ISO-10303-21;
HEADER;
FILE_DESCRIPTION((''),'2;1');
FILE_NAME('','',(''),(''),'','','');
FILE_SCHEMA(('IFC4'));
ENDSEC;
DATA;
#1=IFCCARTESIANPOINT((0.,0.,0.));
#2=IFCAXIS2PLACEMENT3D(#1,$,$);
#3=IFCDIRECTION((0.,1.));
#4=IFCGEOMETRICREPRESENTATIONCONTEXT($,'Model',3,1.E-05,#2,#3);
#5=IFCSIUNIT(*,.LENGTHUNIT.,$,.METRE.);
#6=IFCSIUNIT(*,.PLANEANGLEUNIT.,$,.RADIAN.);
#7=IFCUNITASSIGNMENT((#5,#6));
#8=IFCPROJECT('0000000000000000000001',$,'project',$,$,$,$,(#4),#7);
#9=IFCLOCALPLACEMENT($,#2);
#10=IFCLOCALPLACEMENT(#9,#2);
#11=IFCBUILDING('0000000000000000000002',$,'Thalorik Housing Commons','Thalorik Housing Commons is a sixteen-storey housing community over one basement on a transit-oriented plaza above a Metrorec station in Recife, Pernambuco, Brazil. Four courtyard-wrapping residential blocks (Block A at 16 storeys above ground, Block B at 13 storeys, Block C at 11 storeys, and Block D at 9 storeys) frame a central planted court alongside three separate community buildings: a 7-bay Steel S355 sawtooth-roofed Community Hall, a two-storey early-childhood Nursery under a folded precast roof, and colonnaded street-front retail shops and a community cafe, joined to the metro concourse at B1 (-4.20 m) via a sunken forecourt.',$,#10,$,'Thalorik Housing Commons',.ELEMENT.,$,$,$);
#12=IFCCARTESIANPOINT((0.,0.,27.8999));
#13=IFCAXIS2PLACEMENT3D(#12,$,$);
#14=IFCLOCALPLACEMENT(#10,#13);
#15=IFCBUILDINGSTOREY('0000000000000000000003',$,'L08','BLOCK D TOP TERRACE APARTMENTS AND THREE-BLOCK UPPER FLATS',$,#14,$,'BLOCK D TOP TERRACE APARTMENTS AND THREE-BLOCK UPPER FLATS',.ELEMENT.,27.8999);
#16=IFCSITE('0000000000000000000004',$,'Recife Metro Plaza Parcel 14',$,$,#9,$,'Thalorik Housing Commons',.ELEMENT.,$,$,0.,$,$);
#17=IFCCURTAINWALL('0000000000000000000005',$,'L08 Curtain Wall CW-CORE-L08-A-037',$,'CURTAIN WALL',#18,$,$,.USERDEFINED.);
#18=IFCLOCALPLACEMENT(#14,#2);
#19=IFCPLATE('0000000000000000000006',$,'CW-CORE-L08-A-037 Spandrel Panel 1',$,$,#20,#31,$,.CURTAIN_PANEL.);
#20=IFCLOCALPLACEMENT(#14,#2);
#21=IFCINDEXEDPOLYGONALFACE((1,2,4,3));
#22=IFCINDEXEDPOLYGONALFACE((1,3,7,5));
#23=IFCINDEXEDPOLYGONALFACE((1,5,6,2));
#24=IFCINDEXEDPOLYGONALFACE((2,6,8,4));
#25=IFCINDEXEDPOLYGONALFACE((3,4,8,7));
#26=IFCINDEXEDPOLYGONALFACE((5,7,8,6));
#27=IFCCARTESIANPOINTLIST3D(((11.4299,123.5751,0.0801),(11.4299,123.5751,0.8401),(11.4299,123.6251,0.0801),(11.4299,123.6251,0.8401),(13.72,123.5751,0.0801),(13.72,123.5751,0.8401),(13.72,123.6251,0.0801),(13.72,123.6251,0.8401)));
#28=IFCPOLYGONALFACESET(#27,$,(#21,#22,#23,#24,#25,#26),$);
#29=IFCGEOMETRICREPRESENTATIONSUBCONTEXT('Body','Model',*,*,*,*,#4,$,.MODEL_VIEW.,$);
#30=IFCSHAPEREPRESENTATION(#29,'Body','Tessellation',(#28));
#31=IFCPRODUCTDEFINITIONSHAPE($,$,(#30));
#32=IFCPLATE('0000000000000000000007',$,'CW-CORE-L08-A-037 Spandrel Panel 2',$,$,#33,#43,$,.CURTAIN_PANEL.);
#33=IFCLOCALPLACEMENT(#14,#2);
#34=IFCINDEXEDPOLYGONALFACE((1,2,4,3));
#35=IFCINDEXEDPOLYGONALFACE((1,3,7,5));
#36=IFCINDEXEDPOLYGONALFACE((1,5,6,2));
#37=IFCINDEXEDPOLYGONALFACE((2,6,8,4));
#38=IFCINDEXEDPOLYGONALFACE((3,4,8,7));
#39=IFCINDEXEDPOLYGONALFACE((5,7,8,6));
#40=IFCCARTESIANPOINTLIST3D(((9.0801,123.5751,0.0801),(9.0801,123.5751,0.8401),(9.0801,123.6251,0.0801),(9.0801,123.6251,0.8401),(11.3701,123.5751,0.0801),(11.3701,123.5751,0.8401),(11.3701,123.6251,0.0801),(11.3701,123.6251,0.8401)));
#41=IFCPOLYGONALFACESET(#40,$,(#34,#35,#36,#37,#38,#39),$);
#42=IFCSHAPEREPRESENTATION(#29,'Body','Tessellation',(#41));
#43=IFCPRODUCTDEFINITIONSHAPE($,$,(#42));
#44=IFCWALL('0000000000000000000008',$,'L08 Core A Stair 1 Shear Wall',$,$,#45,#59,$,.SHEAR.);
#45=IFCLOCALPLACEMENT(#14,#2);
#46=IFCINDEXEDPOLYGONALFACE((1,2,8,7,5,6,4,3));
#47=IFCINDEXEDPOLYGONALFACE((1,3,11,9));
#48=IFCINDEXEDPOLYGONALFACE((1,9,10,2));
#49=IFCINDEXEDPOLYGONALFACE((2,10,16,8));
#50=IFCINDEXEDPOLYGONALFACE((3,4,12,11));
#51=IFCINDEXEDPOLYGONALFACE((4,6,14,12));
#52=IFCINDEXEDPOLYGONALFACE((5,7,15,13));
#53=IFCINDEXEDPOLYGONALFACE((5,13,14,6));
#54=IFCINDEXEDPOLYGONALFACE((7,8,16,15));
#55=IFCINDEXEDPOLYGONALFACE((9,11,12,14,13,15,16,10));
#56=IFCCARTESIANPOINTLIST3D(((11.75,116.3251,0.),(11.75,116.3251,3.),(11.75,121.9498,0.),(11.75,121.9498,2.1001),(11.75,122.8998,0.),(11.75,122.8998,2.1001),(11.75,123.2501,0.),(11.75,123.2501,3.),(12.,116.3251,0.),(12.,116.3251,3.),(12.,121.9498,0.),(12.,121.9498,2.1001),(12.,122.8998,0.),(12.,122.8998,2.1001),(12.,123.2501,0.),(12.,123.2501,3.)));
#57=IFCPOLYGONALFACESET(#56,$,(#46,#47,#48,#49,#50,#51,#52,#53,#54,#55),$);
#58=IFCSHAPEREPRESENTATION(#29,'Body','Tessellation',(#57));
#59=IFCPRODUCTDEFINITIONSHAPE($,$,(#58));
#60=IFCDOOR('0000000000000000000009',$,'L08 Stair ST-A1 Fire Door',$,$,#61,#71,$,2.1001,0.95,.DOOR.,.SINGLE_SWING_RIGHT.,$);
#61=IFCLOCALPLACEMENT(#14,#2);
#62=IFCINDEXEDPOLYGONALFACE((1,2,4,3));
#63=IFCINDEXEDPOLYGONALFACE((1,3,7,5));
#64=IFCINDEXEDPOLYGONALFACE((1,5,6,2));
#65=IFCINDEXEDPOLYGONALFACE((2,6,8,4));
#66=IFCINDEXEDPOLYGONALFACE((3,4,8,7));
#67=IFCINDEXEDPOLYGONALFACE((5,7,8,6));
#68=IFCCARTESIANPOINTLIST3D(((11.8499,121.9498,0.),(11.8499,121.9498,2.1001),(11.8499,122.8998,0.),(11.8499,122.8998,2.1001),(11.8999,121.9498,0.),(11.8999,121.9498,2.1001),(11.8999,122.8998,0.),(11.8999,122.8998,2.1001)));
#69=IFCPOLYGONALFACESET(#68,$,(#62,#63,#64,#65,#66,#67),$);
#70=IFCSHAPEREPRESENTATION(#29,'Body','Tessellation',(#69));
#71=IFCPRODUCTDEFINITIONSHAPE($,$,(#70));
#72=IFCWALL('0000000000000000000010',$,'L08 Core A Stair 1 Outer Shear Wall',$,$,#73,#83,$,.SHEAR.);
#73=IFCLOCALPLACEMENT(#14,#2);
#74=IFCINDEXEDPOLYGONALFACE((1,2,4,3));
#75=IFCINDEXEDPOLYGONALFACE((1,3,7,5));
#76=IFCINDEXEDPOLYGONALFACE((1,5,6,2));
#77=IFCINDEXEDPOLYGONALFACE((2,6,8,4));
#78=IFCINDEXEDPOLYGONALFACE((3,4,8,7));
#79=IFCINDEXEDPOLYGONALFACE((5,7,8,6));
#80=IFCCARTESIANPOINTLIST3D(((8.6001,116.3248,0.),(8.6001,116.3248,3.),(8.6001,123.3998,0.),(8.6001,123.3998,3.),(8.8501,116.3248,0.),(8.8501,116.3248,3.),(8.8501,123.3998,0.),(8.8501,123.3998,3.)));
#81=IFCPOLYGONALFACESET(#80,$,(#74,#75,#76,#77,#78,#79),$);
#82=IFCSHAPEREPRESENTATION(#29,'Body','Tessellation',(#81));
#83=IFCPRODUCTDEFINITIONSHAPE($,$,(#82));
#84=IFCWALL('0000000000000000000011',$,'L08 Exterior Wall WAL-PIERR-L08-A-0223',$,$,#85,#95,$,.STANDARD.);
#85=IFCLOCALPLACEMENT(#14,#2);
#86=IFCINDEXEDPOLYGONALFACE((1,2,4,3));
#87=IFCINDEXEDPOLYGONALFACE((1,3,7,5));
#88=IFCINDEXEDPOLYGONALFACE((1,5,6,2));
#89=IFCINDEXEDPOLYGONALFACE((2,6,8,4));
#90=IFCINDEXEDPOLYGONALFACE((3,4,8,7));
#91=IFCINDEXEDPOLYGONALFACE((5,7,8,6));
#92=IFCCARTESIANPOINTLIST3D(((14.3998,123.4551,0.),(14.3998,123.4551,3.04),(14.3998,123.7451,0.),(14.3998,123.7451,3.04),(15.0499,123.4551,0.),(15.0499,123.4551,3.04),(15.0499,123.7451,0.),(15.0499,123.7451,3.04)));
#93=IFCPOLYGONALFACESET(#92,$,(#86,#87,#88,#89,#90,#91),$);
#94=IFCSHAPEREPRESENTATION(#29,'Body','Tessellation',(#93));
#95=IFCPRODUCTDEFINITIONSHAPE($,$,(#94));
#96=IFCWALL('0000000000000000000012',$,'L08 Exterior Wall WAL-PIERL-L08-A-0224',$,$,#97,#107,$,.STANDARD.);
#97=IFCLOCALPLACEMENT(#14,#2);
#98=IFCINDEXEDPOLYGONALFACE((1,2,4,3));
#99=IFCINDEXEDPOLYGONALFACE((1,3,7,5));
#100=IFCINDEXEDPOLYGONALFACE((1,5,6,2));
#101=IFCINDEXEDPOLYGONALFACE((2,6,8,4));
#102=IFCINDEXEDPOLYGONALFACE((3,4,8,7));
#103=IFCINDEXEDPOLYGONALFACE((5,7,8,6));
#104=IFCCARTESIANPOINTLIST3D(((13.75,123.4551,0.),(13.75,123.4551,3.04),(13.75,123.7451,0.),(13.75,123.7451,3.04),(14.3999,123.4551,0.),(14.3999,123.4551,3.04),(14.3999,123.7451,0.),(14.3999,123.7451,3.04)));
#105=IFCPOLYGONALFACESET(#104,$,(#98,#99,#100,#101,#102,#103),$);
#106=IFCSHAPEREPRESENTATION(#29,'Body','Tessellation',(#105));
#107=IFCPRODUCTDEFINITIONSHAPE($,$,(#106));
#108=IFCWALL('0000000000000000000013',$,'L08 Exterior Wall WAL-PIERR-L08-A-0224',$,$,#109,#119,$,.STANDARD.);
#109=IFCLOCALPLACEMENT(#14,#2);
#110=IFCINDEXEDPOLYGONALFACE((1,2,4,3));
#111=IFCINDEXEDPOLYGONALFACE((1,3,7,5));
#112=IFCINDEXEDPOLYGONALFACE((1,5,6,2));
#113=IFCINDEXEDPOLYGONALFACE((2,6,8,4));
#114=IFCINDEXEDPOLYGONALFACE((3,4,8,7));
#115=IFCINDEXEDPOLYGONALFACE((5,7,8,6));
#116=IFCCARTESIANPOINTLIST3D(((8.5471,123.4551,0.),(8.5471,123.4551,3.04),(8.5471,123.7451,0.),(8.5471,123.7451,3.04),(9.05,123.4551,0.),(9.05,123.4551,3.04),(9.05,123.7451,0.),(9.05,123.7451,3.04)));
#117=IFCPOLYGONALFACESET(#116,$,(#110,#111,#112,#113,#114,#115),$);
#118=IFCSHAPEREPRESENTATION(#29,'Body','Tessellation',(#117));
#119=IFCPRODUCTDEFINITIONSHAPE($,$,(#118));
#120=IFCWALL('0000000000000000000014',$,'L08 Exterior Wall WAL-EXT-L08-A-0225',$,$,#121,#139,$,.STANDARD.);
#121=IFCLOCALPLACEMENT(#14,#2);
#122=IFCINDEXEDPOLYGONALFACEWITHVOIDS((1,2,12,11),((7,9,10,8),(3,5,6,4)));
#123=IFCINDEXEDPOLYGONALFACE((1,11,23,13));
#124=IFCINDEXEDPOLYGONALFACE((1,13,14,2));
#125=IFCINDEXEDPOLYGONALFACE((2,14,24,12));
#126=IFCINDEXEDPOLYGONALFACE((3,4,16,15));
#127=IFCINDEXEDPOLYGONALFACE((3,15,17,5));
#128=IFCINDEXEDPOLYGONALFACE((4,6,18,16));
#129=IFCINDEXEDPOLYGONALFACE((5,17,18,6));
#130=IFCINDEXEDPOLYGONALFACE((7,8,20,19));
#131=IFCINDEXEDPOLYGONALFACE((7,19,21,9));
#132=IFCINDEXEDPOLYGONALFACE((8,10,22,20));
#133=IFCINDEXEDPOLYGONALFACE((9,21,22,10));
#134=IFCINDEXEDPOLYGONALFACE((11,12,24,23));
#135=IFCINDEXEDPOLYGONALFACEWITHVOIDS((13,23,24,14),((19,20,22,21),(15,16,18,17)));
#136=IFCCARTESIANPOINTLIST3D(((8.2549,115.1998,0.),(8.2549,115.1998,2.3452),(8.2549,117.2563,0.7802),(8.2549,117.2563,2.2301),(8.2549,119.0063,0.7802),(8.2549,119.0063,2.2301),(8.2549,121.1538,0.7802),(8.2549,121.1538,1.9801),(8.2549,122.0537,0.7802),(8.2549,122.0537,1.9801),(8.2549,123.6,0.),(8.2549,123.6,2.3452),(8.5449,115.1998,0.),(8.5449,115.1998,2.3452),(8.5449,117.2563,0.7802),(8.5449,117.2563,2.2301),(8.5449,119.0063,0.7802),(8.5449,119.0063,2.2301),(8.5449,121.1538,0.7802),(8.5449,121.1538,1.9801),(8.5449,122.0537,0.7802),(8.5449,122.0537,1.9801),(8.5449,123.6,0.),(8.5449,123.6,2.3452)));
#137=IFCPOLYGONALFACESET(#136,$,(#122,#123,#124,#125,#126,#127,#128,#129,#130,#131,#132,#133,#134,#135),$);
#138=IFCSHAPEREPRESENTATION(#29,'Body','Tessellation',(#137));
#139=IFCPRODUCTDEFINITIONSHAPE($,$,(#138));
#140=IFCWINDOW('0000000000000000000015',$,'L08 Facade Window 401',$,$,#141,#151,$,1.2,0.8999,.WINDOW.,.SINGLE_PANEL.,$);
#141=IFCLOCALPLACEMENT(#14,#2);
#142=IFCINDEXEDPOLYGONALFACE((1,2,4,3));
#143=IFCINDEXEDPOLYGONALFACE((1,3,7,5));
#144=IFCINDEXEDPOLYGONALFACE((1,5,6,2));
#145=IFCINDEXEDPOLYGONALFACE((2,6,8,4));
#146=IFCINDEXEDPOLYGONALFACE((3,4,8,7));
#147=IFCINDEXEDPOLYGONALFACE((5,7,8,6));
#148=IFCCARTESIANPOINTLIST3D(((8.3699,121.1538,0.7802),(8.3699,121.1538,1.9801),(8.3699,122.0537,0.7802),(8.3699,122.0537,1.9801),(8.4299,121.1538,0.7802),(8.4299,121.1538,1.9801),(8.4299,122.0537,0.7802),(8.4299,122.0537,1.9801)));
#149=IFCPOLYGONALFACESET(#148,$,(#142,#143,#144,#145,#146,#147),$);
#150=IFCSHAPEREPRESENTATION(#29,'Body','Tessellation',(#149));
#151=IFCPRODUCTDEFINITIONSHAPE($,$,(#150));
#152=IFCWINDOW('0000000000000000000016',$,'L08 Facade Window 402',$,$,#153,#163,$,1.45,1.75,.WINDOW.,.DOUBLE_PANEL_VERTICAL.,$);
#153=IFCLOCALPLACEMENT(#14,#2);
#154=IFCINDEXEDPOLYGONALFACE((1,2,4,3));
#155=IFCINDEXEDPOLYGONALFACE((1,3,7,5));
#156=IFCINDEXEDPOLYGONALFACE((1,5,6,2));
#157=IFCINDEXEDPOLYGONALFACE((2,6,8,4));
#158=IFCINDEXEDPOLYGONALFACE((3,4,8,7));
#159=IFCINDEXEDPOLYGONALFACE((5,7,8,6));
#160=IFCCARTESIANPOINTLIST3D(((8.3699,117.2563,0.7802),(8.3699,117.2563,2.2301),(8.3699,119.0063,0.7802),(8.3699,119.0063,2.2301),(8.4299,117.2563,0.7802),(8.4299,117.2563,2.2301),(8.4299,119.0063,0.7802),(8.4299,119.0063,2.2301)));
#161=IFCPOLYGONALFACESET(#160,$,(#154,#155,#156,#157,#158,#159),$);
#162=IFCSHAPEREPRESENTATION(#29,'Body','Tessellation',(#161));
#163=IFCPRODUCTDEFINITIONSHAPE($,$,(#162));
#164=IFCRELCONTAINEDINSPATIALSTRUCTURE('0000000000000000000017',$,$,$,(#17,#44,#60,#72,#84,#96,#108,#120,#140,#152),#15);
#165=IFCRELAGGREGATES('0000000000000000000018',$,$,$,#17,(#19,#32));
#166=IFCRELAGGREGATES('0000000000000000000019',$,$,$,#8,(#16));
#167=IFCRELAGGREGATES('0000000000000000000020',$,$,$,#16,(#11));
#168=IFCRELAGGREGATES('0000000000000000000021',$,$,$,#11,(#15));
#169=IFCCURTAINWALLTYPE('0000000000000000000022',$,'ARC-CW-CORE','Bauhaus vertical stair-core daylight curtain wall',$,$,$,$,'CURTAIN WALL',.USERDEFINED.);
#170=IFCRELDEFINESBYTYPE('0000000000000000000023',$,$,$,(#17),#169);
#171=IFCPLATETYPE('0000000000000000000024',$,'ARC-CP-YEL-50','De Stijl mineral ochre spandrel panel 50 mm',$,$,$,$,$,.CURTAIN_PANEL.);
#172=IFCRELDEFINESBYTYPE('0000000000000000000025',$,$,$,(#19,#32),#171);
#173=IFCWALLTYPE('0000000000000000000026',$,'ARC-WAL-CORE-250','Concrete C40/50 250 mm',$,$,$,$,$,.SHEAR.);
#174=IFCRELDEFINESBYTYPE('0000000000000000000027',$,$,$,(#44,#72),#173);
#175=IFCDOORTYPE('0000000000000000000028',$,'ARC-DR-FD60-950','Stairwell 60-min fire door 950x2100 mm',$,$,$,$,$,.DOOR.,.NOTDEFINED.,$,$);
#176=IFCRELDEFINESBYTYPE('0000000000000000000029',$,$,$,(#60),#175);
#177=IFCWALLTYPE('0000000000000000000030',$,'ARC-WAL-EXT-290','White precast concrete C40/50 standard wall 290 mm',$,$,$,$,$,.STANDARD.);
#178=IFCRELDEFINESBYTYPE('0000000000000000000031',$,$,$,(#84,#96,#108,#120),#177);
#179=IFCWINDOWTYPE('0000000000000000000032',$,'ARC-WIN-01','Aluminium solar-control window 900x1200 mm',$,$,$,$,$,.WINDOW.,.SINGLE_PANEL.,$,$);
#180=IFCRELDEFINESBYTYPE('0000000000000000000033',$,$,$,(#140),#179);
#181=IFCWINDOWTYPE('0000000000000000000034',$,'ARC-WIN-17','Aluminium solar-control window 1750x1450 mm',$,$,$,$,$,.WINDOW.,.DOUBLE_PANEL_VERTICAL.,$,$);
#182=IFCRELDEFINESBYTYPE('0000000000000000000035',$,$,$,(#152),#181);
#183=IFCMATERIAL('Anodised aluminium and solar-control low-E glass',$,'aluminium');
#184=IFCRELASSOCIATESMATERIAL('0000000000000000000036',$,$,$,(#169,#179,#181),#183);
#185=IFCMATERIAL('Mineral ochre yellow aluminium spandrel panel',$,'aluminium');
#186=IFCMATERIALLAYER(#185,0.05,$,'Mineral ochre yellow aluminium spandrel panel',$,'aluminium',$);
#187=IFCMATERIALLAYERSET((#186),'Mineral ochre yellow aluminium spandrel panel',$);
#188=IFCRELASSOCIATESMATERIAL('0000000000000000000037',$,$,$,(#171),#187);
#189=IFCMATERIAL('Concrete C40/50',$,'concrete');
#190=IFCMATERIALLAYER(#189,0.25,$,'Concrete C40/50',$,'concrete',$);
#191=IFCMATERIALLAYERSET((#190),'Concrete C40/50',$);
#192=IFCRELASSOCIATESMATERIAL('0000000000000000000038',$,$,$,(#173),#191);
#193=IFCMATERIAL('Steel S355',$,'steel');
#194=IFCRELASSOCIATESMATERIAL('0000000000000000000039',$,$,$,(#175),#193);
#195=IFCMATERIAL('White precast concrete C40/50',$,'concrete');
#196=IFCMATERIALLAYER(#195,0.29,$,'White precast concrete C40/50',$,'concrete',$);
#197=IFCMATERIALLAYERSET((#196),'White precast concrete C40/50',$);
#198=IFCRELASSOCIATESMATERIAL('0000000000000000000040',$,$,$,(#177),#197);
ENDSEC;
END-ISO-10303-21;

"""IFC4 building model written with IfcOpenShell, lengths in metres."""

from ifc_helpers import new_model, si_unit, direction, frame, frame_2d, origin, origin_2d, place, context, subcontext, project, spatial, rectangle, extrude, material, layer, layer_set, type_object, element, fill, aggregate, save


model = new_model("IFC4")

# Units and contexts
model_context = context("Model", 3, precision=1e-05, world=origin(), true_north=direction((0.0, 1.0)))
body_context = subcontext(model_context, "Body", "Model", "MODEL_VIEW")
ifc_project = project(units=[si_unit("LENGTHUNIT", "METRE"), si_unit("PLANEANGLEUNIT", "RADIAN")], contexts=[model_context])

# Site, building, storey
site_placement = place(None, origin())
site = spatial("IfcSite", under=ifc_project, at=site_placement, Name="Recife Metro Plaza Parcel 14", LongName="Thalorik Housing Commons", CompositionType="ELEMENT", RefElevation=0.0)
building_placement = place(site_placement, origin())
building = spatial("IfcBuilding", under=site, at=building_placement, Name="Thalorik Housing Commons", Description="Thalorik Housing Commons is a sixteen-storey housing community over one basement on a transit-oriented plaza above a Metrorec station in Recife, Pernambuco, Brazil. Four courtyard-wrapping residential blocks (Block A at 16 storeys above ground, Block B at 13 storeys, Block C at 11 storeys, and Block D at 9 storeys) frame a central planted court alongside three separate community buildings: a 7-bay Steel S355 sawtooth-roofed Community Hall, a two-storey early-childhood Nursery under a folded precast roof, and colonnaded street-front retail shops and a community cafe, joined to the metro concourse at B1 (-4.20 m) via a sunken forecourt.", LongName="Thalorik Housing Commons", CompositionType="ELEMENT")
storey_placement = place(building_placement, frame((0.0, 0.0, 27.8999)))
storey = spatial("IfcBuildingStorey", under=building, at=storey_placement, Name="L08", Description="BLOCK D TOP TERRACE APARTMENTS AND THREE-BLOCK UPPER FLATS", LongName="BLOCK D TOP TERRACE APARTMENTS AND THREE-BLOCK UPPER FLATS", CompositionType="ELEMENT", Elevation=27.8999)

# Curtain wall
ifc_material_1 = material(Name="Anodised aluminium and solar-control low-E glass", Category="aluminium")
curtain_wall_type = type_object("IfcCurtainWallType", Name="ARC-CW-CORE", Description="Bauhaus vertical stair-core daylight curtain wall", ElementType="CURTAIN WALL", PredefinedType="USERDEFINED", material=ifc_material_1)
curtain_wall_1_placement = place(storey_placement, origin())
curtain_wall_1 = element("IfcCurtainWall", 1, at=curtain_wall_1_placement, inside=storey, type_object=curtain_wall_type, Name="L08 Curtain Wall CW-CORE-L08-A-037", ObjectType="CURTAIN WALL", PredefinedType="USERDEFINED")

# Plates
ifc_material_2 = material(Name="Mineral ochre yellow aluminium spandrel panel", Category="aluminium")
ifc_layer_1 = layer(ifc_material_2, 0.05, Name="Mineral ochre yellow aluminium spandrel panel", Category="aluminium")
ifc_layer_set_1 = layer_set([ifc_layer_1], Name="Mineral ochre yellow aluminium spandrel panel")
plate_type_1 = type_object("IfcPlateType", Name="ARC-CP-YEL-50", Description="De Stijl mineral ochre spandrel panel 50 mm", PredefinedType="CURTAIN_PANEL", material=ifc_layer_set_1)
plate_1_placement = place(storey_placement, frame((12.575, 123.6001, 0.0801), z_axis=(0.0, 0.0, 1.0), x_axis=(-1.0, 0.0, 0.0)))
plate_1 = element("IfcPlate", 2, at=plate_1_placement, type_object=plate_type_1, Name="CW-CORE-L08-A-037 Spandrel Panel 1", PredefinedType="CURTAIN_PANEL", context=body_context, shape_type="SweptSolid", body=[
    extrude(rectangle(XDim=2.29, YDim=0.05, at=origin_2d()), origin(), (0.0, 0.0, 1.0), 0.76),
])
plate_2_placement = place(storey_placement, frame((10.2251, 123.6001, 0.0801), z_axis=(0.0, 0.0, 1.0), x_axis=(-1.0, 0.0, 0.0)))
plate_2 = element("IfcPlate", 3, at=plate_2_placement, type_object=plate_type_1, Name="CW-CORE-L08-A-037 Spandrel Panel 2", PredefinedType="CURTAIN_PANEL", context=body_context, shape_type="SweptSolid", body=[
    extrude(rectangle(XDim=2.29, YDim=0.05, at=origin_2d()), origin(), (0.0, 0.0, 1.0), 0.76),
])
aggregate(curtain_wall_1, [plate_1, plate_2])

# Wall, opening, door
ifc_material_3 = material(Name="Concrete C40/50", Category="concrete")
ifc_layer_2 = layer(ifc_material_3, 0.25, Name="Concrete C40/50", Category="concrete")
ifc_layer_set_2 = layer_set([ifc_layer_2], Name="Concrete C40/50")
wall_type_1 = type_object("IfcWallType", Name="ARC-WAL-CORE-250", Description="Concrete C40/50 250 mm", PredefinedType="SHEAR", material=ifc_layer_set_2)
wall_1_placement = place(storey_placement, frame((11.875, 123.25, 0.0), z_axis=(0.0, 0.0, 1.0), x_axis=(0.0, -1.0, 0.0)))
wall_1 = element("IfcWall", 4, at=wall_1_placement, inside=storey, type_object=wall_type_1, Name="L08 Core A Stair 1 Shear Wall", PredefinedType="SHEAR", context=body_context, shape_type="SweptSolid", body=[
    extrude(rectangle(XDim=6.925, YDim=0.25, at=frame_2d((3.4624, 0.0))), origin(), (0.0, 0.0, 1.0), 3.0),
])
opening_1_placement = place(wall_1_placement, frame((0.3501, 0.0, 0.0)))
opening_1 = element("IfcOpeningElement", 5, at=opening_1_placement, cuts=wall_1, PredefinedType="OPENING", context=body_context, shape_type="SweptSolid", body=[
    extrude(rectangle(XDim=0.95, YDim=2.1001, at=frame_2d((0.4751, 1.05))), frame((0.0, 0.135, 0.0), z_axis=(0.0, -1.0, 0.0), x_axis=(1.0, 0.0, 0.0)), (0.0, 0.0, 1.0), 0.27),
])
ifc_material_4 = material(Name="Steel S355", Category="steel")
door_type = type_object("IfcDoorType", Name="ARC-DR-FD60-950", Description="Stairwell 60-min fire door 950x2100 mm", OperationType="NOTDEFINED", PredefinedType="DOOR", material=ifc_material_4)
door_placement = place(opening_1_placement, origin())
door = element("IfcDoor", 6, at=door_placement, inside=storey, type_object=door_type, Name="L08 Stair ST-A1 Fire Door", OperationType="SINGLE_SWING_RIGHT", OverallHeight=2.1001, OverallWidth=0.95, PredefinedType="DOOR", context=body_context, shape_type="SweptSolid", body=[
    extrude(rectangle(XDim=0.95, YDim=2.1001, at=frame_2d((0.4751, 1.05))), frame((0.0, 0.0249, 0.0), z_axis=(0.0, -1.0, 0.0), x_axis=(1.0, 0.0, 0.0)), (0.0, 0.0, 1.0), 0.05),
])
fill(opening_1, door)

# Walls
wall_2_placement = place(storey_placement, frame((8.7251, 123.3999, 0.0), z_axis=(0.0, 0.0, 1.0), x_axis=(0.0, -1.0, 0.0)))
element("IfcWall", 7, at=wall_2_placement, inside=storey, type_object=wall_type_1, Name="L08 Core A Stair 1 Outer Shear Wall", PredefinedType="SHEAR", context=body_context, shape_type="SweptSolid", body=[
    extrude(rectangle(XDim=7.075, YDim=0.25, at=frame_2d((3.5376, 0.0))), origin(), (0.0, 0.0, 1.0), 3.0),
])
ifc_material_5 = material(Name="White precast concrete C40/50", Category="concrete")
ifc_layer_3 = layer(ifc_material_5, 0.29, Name="White precast concrete C40/50", Category="concrete")
ifc_layer_set_3 = layer_set([ifc_layer_3], Name="White precast concrete C40/50")
wall_type_2 = type_object("IfcWallType", Name="ARC-WAL-EXT-290", Description="White precast concrete C40/50 standard wall 290 mm", PredefinedType="STANDARD", material=ifc_layer_set_3)
wall_3_placement = place(storey_placement, frame((15.05, 123.6001, 0.0), z_axis=(0.0, 0.0, 1.0), x_axis=(-1.0, 0.0, 0.0)))
element("IfcWall", 8, at=wall_3_placement, inside=storey, type_object=wall_type_2, Name="L08 Exterior Wall WAL-PIERR-L08-A-0223", PredefinedType="STANDARD", context=body_context, shape_type="SweptSolid", body=[
    extrude(rectangle(XDim=0.6501, YDim=0.29, at=frame_2d((0.3252, 0.0))), origin(), (0.0, 0.0, 1.0), 3.04),
])
wall_4_placement = place(storey_placement, frame((14.3999, 123.6001, 0.0), z_axis=(0.0, 0.0, 1.0), x_axis=(-1.0, 0.0, 0.0)))
element("IfcWall", 9, at=wall_4_placement, inside=storey, type_object=wall_type_2, Name="L08 Exterior Wall WAL-PIERL-L08-A-0224", PredefinedType="STANDARD", context=body_context, shape_type="SweptSolid", body=[
    extrude(rectangle(XDim=0.6499, YDim=0.29, at=frame_2d((0.325, 0.0))), origin(), (0.0, 0.0, 1.0), 3.04),
])
wall_5_placement = place(storey_placement, frame((9.05, 123.6001, 0.0), z_axis=(0.0, 0.0, 1.0), x_axis=(-1.0, 0.0, 0.0)))
element("IfcWall", 10, at=wall_5_placement, inside=storey, type_object=wall_type_2, Name="L08 Exterior Wall WAL-PIERR-L08-A-0224", PredefinedType="STANDARD", context=body_context, shape_type="SweptSolid", body=[
    extrude(rectangle(XDim=0.5029, YDim=0.29, at=frame_2d((0.2515, 0.0))), origin(), (0.0, 0.0, 1.0), 3.04),
])

# Wall, openings, windows
wall_6_placement = place(storey_placement, frame((8.3999, 123.6001, 0.0), z_axis=(0.0, 0.0, 1.0), x_axis=(0.0, -1.0, 0.0)))
wall_6 = element("IfcWall", 11, at=wall_6_placement, inside=storey, type_object=wall_type_2, Name="L08 Exterior Wall WAL-EXT-L08-A-0225", PredefinedType="STANDARD", context=body_context, shape_type="SweptSolid", body=[
    extrude(rectangle(XDim=8.4001, YDim=0.29, at=frame_2d((4.2002, 0.0))), origin(), (0.0, 0.0, 1.0), 2.3452),
])
opening_2_placement = place(wall_6_placement, frame((1.5464, 0.0, 0.78)))
opening_2 = element("IfcOpeningElement", 12, at=opening_2_placement, cuts=wall_6, PredefinedType="OPENING", context=body_context, shape_type="SweptSolid", body=[
    extrude(rectangle(XDim=0.8999, YDim=1.2, at=frame_2d((0.45, 0.6001))), frame((0.0, 0.155, 0.0), z_axis=(0.0, -1.0, 0.0), x_axis=(1.0, 0.0, 0.0)), (0.0, 0.0, 1.0), 0.3101),
])
opening_3_placement = place(wall_6_placement, frame((4.5938, 0.0, 0.78)))
opening_3 = element("IfcOpeningElement", 13, at=opening_3_placement, cuts=wall_6, PredefinedType="OPENING", context=body_context, shape_type="SweptSolid", body=[
    extrude(rectangle(XDim=1.75, YDim=1.45, at=frame_2d((0.875, 0.7251))), frame((0.0, 0.155, 0.0), z_axis=(0.0, -1.0, 0.0), x_axis=(1.0, 0.0, 0.0)), (0.0, 0.0, 1.0), 0.3101),
])
window_type_1 = type_object("IfcWindowType", Name="ARC-WIN-01", Description="Aluminium solar-control window 900x1200 mm", PartitioningType="SINGLE_PANEL", PredefinedType="WINDOW", material=ifc_material_1)
window_1_placement = place(opening_2_placement, origin())
window_1 = element("IfcWindow", 14, at=window_1_placement, inside=storey, type_object=window_type_1, Name="L08 Facade Window 401", OverallHeight=1.2, OverallWidth=0.8999, PartitioningType="SINGLE_PANEL", PredefinedType="WINDOW", context=body_context, shape_type="SweptSolid", body=[
    extrude(rectangle(XDim=0.8999, YDim=1.2, at=frame_2d((0.45, 0.6001))), frame((0.0, 0.03, 0.0), z_axis=(0.0, -1.0, 0.0), x_axis=(1.0, 0.0, 0.0)), (0.0, 0.0, 1.0), 0.0601),
])
fill(opening_2, window_1)
window_type_2 = type_object("IfcWindowType", Name="ARC-WIN-17", Description="Aluminium solar-control window 1750x1450 mm", PartitioningType="DOUBLE_PANEL_VERTICAL", PredefinedType="WINDOW", material=ifc_material_1)
window_2_placement = place(opening_3_placement, origin())
window_2 = element("IfcWindow", 15, at=window_2_placement, inside=storey, type_object=window_type_2, Name="L08 Facade Window 402", OverallHeight=1.45, OverallWidth=1.75, PartitioningType="DOUBLE_PANEL_VERTICAL", PredefinedType="WINDOW", context=body_context, shape_type="SweptSolid", body=[
    extrude(rectangle(XDim=1.75, YDim=1.45, at=frame_2d((0.875, 0.7251))), frame((0.0, 0.03, 0.0), z_axis=(0.0, -1.0, 0.0), x_axis=(1.0, 0.0, 0.0)), (0.0, 0.0, 1.0), 0.0601),
])
fill(opening_3, window_2)

save(model, "model.ifc")
